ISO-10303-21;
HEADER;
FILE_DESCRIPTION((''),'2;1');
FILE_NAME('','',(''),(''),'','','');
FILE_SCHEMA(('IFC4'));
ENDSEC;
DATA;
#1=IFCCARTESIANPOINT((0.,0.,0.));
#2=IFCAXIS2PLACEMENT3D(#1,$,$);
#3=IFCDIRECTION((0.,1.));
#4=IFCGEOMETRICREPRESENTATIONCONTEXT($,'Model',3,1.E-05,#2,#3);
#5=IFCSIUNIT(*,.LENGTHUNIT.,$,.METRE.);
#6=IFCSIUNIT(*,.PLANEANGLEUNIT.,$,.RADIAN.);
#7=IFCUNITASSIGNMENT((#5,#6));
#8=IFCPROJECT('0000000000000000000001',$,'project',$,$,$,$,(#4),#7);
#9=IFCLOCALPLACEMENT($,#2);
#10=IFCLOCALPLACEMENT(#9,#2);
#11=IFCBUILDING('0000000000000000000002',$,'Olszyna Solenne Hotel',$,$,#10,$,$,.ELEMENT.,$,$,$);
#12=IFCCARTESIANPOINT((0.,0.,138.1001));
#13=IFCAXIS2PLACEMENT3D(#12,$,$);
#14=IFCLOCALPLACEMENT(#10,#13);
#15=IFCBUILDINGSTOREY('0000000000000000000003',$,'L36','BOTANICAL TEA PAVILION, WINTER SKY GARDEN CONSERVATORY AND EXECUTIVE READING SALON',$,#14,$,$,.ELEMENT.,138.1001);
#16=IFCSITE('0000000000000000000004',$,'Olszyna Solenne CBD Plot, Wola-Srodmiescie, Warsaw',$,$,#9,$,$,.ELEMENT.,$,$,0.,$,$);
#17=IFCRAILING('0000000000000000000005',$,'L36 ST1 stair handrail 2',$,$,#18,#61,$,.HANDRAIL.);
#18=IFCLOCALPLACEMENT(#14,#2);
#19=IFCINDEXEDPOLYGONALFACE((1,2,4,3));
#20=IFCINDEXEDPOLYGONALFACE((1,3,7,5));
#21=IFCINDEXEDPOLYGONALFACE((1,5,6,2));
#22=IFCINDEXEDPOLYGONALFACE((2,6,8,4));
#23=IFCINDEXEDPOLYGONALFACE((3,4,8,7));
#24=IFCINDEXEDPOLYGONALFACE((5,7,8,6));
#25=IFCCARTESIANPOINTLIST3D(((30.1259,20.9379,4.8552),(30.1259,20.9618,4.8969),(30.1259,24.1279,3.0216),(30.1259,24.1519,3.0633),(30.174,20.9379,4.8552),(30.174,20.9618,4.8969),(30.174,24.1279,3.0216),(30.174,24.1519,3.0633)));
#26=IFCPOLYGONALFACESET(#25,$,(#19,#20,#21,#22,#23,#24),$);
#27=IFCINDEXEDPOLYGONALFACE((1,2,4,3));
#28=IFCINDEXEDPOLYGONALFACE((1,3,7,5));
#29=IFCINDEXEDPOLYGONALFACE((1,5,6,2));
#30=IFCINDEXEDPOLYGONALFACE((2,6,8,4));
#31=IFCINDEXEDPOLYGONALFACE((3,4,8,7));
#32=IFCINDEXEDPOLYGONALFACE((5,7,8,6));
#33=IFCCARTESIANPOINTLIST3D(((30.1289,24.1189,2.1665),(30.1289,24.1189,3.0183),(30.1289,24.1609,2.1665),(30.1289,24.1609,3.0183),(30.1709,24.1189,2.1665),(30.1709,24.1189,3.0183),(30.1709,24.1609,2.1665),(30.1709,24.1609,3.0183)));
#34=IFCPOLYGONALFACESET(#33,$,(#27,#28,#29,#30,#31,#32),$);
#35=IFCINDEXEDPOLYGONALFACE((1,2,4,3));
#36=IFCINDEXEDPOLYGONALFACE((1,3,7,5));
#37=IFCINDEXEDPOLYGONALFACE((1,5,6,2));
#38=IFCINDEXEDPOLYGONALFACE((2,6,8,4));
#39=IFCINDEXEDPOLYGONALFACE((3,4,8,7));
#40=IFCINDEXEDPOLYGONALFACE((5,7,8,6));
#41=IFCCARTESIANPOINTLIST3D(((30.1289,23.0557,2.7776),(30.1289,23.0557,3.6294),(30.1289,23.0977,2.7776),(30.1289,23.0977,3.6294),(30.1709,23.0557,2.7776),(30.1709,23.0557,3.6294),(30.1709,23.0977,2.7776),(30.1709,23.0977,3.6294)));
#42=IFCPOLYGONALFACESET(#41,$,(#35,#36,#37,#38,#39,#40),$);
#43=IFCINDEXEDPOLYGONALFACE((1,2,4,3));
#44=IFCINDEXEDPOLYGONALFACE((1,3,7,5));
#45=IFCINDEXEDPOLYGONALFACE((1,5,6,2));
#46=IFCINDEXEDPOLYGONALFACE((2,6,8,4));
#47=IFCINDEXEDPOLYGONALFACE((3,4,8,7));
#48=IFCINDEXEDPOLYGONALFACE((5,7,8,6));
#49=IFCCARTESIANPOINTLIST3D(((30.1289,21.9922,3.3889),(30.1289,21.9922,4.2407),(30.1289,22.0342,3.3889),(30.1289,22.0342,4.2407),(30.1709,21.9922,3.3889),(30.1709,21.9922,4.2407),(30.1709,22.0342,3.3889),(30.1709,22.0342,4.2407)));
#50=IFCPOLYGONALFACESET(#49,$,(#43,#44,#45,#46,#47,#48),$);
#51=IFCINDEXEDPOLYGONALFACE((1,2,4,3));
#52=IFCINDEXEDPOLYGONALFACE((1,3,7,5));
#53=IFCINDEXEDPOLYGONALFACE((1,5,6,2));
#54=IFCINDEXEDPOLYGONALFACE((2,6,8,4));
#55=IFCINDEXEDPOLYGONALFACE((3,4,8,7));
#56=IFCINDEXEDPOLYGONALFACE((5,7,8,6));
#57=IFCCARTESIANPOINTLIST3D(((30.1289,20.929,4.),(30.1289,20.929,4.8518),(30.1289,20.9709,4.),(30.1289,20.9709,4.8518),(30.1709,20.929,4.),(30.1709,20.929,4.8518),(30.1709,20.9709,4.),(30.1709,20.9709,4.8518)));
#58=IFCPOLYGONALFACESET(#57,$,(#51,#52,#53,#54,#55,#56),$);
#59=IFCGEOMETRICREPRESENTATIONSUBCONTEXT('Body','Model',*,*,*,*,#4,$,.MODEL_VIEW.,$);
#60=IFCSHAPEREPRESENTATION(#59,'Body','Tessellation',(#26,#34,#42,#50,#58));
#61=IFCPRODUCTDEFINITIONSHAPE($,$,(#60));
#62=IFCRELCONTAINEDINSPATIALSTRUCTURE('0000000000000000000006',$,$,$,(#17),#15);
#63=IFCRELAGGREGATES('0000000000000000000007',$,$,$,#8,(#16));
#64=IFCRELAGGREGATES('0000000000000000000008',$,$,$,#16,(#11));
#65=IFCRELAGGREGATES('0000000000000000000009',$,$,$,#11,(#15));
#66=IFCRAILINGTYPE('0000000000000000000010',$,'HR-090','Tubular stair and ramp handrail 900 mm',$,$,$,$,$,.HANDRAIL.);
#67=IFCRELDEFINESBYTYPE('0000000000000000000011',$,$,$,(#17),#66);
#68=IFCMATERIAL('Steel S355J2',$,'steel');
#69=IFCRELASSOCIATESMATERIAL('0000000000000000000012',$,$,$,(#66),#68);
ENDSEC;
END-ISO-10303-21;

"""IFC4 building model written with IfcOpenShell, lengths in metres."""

from ifc_helpers import new_model, si_unit, direction, frame, origin, origin_2d, place, context, subcontext, project, spatial, rectangle, extrude, material, type_object, element, save


model = new_model("IFC4")

# Units and contexts
model_context = context("Model", 3, precision=1e-05, world=origin(), true_north=direction((0.0, 1.0)))
body_context = subcontext(model_context, "Body", "Model", "MODEL_VIEW")
ifc_project = project(units=[si_unit("LENGTHUNIT", "METRE"), si_unit("PLANEANGLEUNIT", "RADIAN")], contexts=[model_context])

# Site, building, storey
site_placement = place(None, origin())
site = spatial("IfcSite", under=ifc_project, at=site_placement, Name="Olszyna Solenne CBD Plot, Wola-Srodmiescie, Warsaw", CompositionType="ELEMENT", RefElevation=0.0)
building_placement = place(site_placement, origin())
building = spatial("IfcBuilding", under=site, at=building_placement, Name="Olszyna Solenne Hotel", CompositionType="ELEMENT")
storey_placement = place(building_placement, frame((0.0, 0.0, 138.1001)))
storey = spatial("IfcBuildingStorey", under=building, at=storey_placement, Name="L36", Description="BOTANICAL TEA PAVILION, WINTER SKY GARDEN CONSERVATORY AND EXECUTIVE READING SALON", CompositionType="ELEMENT", Elevation=138.1001)

# Shared definitions
ifc_material_1 = material(Name="Steel S355J2", Category="steel")

# Railing
railing_type_1 = type_object("IfcRailingType", Name="HR-090", Description="Tubular stair and ramp handrail 900 mm", PredefinedType="HANDRAIL", material=ifc_material_1)
railing_1_placement = place(storey_placement, frame((30.1499, 24.1399, 2.1665)))
element("IfcRailing", 1, at=railing_1_placement, inside=storey, type_object=railing_type_1, Name="L36 ST1 stair handrail 2", PredefinedType="HANDRAIL", context=body_context, shape_type="SweptSolid", body=[
    extrude(rectangle(XDim=0.0481, YDim=0.0481, at=origin_2d()), frame((0.0, 0.0, 0.876), z_axis=(0.0, -0.866991, 0.498324), x_axis=(1.0, 0.0, 0.0)), (0.0, 0.0, 1.0), 3.6794),
    extrude(rectangle(XDim=0.042, YDim=0.042, at=origin_2d()), origin(), (0.0, 0.0, 1.0), 0.8518),
    extrude(rectangle(XDim=0.042, YDim=0.042, at=origin_2d()), frame((0.0, -1.0632, 0.6111)), (0.0, 0.0, 1.0), 0.8518),
    extrude(rectangle(XDim=0.042, YDim=0.042, at=origin_2d()), frame((0.0, -2.1267, 1.2224)), (0.0, 0.0, 1.0), 0.8518),
    extrude(rectangle(XDim=0.042, YDim=0.042, at=origin_2d()), frame((0.0, -3.1899, 1.8335)), (0.0, 0.0, 1.0), 0.8518),
])

save(model, "model.ifc")
